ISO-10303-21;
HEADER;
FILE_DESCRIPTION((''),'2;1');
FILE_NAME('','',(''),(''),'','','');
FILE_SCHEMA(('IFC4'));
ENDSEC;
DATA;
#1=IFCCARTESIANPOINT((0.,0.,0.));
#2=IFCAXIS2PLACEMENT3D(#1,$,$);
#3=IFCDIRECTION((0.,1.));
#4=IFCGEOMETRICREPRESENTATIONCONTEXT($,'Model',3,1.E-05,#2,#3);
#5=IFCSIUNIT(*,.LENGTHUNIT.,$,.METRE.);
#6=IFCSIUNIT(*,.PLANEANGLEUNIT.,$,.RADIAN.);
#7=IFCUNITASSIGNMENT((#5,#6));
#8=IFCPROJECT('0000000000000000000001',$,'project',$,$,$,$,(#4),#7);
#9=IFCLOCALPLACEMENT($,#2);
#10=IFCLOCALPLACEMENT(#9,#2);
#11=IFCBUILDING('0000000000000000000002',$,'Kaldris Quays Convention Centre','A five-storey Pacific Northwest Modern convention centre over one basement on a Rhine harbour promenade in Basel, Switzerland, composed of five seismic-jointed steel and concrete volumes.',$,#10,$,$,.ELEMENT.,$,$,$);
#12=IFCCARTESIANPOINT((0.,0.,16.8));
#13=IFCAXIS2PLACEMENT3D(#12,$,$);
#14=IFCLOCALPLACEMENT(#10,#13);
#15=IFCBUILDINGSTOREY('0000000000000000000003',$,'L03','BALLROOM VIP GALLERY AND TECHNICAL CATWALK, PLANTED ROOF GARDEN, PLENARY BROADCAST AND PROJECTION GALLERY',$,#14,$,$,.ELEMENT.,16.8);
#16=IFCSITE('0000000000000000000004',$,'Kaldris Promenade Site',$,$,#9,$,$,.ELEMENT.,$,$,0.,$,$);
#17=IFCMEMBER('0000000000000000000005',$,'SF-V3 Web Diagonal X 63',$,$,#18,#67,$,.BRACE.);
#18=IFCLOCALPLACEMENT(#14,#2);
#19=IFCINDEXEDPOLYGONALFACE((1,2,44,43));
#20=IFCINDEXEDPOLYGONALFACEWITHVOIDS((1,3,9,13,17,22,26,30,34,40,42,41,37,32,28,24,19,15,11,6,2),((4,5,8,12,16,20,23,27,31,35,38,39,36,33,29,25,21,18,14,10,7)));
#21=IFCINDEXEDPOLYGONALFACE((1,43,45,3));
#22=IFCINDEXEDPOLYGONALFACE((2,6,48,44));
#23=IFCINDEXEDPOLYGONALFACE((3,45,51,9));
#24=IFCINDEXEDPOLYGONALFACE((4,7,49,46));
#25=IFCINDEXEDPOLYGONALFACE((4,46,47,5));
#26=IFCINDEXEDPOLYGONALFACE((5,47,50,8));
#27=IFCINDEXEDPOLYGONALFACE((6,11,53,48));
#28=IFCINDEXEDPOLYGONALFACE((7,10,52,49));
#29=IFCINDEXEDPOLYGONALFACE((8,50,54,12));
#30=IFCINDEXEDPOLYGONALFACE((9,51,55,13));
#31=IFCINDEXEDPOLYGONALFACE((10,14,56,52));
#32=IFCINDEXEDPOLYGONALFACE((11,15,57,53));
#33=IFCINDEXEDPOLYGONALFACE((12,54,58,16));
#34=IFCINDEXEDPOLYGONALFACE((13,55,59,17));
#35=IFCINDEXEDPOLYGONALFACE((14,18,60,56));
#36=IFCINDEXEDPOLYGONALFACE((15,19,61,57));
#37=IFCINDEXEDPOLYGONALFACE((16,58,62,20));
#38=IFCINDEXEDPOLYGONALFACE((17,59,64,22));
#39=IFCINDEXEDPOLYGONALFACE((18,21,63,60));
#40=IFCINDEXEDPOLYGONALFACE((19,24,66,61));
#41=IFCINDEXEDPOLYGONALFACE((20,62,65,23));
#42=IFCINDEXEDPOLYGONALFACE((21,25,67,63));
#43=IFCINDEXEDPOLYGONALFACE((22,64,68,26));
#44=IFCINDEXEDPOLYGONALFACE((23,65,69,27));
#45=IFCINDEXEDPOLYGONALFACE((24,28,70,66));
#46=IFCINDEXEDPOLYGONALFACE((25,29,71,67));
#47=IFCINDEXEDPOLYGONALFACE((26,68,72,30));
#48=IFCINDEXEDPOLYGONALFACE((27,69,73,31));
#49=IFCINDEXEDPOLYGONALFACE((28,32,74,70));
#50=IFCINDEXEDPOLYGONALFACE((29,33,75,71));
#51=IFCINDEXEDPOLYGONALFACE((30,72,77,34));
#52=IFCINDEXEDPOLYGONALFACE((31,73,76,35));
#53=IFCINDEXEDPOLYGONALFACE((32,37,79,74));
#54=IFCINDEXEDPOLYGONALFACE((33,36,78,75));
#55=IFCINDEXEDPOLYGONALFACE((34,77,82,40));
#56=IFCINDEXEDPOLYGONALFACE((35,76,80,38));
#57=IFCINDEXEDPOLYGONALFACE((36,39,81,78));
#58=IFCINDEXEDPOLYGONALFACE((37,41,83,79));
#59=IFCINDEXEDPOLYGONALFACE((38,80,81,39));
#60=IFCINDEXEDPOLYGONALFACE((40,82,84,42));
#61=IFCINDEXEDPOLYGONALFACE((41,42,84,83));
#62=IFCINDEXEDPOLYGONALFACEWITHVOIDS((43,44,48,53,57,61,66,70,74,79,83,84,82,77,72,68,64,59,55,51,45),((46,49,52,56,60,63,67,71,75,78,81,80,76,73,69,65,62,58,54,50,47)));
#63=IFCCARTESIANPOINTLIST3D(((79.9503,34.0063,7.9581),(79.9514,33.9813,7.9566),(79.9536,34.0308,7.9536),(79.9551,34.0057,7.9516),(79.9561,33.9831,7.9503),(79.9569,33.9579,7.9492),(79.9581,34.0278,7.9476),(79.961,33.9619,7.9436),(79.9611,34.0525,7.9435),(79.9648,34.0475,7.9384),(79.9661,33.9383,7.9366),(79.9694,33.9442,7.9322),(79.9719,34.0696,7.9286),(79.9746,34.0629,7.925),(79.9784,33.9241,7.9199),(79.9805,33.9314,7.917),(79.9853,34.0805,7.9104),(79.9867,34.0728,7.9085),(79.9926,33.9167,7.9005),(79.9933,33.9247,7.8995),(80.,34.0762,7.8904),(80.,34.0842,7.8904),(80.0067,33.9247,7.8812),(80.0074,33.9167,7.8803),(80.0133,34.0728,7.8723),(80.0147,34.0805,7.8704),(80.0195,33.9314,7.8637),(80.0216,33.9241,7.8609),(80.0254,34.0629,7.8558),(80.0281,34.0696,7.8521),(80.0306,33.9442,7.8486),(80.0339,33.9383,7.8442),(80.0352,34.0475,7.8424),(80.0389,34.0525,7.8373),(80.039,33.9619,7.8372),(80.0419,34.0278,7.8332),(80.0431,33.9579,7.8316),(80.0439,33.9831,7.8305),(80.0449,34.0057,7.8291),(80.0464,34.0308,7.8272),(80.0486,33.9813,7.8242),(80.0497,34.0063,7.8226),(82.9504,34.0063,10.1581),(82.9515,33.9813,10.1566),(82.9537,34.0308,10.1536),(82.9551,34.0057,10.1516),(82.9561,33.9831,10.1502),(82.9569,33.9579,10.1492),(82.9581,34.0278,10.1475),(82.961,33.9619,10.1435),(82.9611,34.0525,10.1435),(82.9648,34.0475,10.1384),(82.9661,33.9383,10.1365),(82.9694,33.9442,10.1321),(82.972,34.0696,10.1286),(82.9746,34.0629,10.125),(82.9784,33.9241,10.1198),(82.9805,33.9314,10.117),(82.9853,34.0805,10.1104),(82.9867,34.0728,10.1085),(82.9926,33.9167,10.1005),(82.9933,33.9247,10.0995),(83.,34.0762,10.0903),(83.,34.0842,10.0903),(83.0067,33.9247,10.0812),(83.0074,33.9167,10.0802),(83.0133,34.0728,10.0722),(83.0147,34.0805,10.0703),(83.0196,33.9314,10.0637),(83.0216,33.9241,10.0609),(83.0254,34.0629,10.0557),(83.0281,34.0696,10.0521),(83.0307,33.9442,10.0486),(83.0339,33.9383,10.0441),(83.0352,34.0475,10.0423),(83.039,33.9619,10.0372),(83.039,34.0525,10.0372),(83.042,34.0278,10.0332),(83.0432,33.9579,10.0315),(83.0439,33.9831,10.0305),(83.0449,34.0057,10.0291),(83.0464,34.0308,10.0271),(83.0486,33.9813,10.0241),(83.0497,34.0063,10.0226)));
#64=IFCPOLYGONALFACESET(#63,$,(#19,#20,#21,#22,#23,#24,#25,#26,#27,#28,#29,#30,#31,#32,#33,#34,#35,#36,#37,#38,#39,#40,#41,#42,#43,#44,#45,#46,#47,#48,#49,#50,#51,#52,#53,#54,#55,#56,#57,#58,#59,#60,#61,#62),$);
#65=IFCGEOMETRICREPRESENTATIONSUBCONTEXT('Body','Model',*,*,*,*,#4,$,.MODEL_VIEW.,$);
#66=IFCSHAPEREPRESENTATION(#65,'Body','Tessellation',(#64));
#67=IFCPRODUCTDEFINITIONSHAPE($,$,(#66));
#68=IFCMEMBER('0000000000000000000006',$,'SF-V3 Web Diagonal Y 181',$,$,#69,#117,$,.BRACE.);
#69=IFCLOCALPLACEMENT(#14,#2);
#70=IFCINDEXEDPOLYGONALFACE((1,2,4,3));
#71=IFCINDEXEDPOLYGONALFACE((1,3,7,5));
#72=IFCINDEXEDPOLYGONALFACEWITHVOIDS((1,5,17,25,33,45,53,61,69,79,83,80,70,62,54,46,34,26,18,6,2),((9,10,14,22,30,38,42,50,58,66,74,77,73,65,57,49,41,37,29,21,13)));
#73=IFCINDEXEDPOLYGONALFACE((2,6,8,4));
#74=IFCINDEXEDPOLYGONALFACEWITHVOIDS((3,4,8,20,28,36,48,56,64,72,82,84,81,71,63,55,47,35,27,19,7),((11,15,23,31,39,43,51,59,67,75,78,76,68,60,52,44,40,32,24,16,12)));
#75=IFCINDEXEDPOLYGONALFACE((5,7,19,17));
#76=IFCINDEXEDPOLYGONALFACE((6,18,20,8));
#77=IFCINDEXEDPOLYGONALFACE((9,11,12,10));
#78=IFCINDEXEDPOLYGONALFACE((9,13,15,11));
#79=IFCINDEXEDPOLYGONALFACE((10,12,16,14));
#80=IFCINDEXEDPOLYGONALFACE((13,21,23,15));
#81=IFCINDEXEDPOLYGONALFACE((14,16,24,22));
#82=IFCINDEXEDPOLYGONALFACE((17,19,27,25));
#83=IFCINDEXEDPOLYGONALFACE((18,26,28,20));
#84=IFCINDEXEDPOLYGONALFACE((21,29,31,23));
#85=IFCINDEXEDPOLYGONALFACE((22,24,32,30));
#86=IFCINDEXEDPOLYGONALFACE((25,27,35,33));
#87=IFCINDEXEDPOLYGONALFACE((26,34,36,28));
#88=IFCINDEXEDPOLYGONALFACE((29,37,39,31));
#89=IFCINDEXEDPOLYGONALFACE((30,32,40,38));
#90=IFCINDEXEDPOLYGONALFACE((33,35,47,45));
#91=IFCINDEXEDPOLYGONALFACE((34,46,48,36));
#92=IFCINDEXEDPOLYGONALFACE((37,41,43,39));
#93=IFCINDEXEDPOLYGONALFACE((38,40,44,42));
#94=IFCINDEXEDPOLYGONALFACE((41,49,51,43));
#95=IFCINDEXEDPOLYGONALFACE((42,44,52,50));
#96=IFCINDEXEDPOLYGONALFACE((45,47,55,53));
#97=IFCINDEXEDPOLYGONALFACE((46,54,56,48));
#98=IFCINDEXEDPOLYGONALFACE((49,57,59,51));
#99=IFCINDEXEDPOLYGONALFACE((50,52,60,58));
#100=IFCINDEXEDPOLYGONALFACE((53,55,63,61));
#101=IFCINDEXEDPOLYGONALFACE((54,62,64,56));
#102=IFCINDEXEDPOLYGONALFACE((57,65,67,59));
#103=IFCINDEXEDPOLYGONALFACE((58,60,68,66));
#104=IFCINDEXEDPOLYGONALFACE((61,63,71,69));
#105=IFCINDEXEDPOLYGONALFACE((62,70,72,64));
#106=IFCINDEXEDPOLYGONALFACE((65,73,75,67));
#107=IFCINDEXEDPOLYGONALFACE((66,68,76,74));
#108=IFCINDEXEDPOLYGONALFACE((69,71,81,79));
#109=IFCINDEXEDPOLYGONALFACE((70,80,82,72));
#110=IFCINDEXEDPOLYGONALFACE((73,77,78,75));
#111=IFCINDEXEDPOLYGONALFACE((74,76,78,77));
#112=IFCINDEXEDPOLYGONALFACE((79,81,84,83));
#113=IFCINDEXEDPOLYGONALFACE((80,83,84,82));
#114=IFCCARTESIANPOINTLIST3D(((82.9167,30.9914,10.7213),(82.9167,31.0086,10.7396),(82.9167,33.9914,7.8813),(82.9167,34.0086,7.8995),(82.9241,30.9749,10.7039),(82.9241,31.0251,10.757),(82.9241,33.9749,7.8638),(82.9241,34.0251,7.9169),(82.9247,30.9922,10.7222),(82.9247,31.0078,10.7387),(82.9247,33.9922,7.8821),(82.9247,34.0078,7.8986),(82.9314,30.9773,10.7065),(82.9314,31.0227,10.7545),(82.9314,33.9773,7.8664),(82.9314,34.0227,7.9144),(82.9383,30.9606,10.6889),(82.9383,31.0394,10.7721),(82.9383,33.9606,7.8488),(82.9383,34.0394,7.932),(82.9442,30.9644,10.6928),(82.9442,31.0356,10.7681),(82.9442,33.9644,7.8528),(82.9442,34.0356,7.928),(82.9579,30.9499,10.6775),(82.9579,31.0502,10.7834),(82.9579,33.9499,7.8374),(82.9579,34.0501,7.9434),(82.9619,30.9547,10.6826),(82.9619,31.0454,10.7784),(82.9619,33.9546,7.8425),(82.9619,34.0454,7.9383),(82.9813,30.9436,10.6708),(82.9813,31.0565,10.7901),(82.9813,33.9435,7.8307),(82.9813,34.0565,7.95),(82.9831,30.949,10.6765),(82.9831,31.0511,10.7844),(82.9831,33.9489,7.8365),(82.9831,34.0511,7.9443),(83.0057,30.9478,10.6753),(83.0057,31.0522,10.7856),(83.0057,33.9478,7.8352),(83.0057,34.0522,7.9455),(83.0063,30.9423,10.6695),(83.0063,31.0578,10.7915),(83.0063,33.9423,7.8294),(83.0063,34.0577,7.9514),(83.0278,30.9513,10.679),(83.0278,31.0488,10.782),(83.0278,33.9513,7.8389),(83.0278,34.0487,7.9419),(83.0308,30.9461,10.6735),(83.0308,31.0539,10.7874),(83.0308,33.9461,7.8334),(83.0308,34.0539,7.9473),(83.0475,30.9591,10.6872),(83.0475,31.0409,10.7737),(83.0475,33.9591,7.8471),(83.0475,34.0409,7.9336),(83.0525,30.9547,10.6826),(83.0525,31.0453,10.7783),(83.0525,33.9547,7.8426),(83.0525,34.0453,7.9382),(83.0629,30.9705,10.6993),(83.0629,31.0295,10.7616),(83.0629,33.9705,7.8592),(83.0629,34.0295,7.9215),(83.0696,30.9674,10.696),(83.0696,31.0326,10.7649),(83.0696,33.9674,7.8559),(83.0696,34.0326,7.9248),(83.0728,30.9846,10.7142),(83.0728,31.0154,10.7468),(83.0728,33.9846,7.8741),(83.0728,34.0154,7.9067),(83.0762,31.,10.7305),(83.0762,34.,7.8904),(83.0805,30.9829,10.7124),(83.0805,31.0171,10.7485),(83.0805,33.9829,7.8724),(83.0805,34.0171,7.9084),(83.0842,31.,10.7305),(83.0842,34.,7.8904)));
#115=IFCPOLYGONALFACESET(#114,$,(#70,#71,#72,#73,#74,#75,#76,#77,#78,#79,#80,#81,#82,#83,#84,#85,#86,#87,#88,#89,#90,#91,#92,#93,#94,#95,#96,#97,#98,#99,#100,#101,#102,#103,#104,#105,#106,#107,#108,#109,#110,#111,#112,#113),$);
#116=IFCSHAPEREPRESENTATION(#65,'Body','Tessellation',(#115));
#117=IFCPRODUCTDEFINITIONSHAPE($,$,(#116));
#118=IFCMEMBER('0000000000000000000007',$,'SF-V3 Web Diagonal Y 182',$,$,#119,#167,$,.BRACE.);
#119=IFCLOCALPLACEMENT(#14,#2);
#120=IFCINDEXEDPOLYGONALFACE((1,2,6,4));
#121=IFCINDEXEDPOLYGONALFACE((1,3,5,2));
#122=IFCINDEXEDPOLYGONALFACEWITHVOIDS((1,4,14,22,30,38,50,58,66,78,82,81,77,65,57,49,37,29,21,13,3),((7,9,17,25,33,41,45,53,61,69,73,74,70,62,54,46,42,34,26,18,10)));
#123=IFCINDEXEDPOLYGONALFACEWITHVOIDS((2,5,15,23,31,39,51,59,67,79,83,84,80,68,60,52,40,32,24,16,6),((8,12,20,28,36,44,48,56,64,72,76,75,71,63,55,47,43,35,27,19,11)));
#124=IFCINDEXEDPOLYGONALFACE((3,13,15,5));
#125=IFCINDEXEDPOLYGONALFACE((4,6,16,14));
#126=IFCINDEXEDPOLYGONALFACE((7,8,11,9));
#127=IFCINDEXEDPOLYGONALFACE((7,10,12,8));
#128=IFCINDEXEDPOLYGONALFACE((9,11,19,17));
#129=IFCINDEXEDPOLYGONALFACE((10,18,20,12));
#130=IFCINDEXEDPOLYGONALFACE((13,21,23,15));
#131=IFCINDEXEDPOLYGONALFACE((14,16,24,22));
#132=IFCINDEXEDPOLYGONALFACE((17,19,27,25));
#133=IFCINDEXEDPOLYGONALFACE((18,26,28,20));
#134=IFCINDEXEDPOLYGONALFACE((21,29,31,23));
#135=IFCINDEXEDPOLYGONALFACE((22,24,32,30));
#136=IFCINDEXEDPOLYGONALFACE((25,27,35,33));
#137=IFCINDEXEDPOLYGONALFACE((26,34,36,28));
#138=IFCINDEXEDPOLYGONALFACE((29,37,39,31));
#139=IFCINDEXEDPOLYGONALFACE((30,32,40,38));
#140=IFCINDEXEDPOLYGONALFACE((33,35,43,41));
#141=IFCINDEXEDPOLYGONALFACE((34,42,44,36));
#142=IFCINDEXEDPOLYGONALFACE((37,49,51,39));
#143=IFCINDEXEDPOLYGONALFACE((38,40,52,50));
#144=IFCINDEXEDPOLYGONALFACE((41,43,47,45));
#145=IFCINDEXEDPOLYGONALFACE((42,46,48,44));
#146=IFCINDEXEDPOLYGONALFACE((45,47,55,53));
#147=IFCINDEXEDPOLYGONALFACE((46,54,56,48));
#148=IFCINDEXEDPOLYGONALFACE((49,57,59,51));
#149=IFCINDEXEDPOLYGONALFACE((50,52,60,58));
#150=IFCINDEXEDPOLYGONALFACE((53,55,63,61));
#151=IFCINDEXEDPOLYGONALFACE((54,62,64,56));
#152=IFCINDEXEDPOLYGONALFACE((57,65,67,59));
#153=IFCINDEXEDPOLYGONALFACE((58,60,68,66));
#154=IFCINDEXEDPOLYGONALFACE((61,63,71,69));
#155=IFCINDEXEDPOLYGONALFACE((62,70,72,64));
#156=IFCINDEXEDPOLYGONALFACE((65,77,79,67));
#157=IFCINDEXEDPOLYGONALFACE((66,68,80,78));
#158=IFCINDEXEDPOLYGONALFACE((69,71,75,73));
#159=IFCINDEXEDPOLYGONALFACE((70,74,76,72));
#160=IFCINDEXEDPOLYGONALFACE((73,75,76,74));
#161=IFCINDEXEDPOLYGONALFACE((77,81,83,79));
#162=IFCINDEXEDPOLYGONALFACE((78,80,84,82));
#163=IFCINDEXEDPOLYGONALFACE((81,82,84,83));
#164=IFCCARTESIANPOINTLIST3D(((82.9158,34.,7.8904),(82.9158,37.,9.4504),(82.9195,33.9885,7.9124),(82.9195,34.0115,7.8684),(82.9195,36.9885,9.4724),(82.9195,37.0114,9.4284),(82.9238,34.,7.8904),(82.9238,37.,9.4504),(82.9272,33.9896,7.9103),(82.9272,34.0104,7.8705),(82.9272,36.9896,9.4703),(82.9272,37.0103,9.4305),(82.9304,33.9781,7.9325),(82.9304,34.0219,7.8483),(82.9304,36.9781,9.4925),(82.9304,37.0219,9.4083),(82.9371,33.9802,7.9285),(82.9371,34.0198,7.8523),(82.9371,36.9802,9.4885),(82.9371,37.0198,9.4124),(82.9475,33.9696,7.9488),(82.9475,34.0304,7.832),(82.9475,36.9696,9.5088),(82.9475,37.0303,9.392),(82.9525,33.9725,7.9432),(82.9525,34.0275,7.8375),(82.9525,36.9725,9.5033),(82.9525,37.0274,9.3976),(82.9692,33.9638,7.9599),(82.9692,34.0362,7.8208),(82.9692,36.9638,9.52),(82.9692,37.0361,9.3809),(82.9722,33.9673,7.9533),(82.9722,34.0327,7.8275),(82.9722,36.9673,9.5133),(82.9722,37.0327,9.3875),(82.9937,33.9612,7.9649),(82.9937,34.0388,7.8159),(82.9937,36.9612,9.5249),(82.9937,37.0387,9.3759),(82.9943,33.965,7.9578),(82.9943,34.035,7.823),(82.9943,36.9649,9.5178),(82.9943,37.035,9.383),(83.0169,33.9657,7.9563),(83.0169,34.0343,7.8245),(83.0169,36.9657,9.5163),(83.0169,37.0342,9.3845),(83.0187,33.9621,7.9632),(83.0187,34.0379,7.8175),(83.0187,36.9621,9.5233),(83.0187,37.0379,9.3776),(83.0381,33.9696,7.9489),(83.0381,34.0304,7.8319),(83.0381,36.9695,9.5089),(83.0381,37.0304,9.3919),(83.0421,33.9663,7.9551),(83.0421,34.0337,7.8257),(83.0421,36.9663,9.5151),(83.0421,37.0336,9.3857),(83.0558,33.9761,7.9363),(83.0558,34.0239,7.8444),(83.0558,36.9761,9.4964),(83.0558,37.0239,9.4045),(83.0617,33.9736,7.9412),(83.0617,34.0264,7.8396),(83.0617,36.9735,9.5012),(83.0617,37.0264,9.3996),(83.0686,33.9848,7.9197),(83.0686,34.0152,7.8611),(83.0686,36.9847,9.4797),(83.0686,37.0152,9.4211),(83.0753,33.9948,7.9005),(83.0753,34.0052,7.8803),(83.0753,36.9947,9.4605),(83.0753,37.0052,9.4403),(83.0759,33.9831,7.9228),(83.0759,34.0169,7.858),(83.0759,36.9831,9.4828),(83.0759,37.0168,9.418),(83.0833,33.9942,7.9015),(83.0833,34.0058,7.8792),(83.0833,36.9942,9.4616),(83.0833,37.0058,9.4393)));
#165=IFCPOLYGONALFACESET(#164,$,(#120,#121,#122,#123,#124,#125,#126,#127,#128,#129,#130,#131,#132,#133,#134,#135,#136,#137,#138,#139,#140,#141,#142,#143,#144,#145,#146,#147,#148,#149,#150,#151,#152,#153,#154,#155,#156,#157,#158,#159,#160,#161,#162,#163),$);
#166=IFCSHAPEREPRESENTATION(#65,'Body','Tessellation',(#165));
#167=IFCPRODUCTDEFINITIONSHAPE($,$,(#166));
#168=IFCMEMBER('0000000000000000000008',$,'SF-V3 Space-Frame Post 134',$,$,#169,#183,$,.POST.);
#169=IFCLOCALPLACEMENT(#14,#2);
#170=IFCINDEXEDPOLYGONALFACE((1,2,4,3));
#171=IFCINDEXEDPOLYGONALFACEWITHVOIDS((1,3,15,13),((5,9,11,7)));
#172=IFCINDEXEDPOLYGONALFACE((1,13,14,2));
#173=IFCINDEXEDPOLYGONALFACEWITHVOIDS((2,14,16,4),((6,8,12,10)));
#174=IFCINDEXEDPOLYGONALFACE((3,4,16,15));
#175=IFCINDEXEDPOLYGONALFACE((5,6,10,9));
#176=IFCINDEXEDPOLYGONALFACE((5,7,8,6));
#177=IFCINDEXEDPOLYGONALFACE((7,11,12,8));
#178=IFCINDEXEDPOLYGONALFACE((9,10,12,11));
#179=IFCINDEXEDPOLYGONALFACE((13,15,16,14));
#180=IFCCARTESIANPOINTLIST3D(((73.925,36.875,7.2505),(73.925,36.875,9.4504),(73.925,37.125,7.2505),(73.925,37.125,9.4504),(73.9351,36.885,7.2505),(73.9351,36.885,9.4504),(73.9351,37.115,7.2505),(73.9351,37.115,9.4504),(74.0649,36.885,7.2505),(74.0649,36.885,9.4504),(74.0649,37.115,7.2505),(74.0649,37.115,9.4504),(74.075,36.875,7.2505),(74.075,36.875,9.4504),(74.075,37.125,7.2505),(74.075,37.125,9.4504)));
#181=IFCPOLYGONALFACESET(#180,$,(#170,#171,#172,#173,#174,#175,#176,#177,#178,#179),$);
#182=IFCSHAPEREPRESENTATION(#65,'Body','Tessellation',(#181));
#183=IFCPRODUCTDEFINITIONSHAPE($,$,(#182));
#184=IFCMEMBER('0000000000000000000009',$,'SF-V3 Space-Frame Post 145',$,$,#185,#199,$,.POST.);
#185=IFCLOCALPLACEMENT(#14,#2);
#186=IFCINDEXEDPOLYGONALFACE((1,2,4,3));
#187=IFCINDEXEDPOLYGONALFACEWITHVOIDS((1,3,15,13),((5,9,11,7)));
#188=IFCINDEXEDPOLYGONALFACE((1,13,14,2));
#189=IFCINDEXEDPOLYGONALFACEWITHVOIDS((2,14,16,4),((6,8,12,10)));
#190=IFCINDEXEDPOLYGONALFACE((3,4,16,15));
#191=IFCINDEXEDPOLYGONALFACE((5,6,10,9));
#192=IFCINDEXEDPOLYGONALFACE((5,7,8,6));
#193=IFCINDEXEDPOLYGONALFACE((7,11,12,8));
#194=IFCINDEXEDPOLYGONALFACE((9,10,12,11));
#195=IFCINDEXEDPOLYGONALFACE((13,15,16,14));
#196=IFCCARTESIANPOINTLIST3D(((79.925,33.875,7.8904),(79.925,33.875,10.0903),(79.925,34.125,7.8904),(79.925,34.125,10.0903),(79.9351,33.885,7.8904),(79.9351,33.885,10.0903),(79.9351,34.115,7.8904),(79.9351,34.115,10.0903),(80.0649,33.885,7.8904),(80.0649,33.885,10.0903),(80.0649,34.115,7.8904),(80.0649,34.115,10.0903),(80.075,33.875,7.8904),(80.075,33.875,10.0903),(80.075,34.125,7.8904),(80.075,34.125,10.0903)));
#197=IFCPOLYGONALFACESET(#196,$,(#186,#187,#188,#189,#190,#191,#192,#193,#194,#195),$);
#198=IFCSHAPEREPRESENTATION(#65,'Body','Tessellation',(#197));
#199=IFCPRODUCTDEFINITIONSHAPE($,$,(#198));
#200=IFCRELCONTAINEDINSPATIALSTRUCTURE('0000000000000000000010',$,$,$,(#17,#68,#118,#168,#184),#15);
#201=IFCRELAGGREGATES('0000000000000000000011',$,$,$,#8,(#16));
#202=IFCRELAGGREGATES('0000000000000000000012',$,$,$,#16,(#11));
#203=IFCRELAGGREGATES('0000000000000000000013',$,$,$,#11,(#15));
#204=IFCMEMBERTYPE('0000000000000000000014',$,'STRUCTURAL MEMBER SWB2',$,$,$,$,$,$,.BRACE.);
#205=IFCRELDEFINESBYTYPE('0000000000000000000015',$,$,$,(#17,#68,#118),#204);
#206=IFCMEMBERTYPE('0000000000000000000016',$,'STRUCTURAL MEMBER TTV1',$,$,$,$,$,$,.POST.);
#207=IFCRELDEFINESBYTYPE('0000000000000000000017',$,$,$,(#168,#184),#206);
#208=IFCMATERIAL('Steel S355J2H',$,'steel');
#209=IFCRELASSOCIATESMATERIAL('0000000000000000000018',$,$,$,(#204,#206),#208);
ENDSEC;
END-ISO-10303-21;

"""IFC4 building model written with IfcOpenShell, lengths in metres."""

from ifc_helpers import new_model, si_unit, direction, frame, origin, origin_2d, place, context, subcontext, project, spatial, hollow_rectangle, hollow_circle, extrude, material, material_profile, profile_set, type_object, element, save


model = new_model("IFC4")

# Units and contexts
model_context = context("Model", 3, precision=1e-05, world=origin(), true_north=direction((0.0, 1.0)))
body_context = subcontext(model_context, "Body", "Model", "MODEL_VIEW")
ifc_project = project(units=[si_unit("LENGTHUNIT", "METRE"), si_unit("PLANEANGLEUNIT", "RADIAN")], contexts=[model_context])

# Site, building, storey
site_placement = place(None, origin())
site = spatial("IfcSite", under=ifc_project, at=site_placement, Name="Kaldris Promenade Site", CompositionType="ELEMENT", RefElevation=0.0)
building_placement = place(site_placement, origin())
building = spatial("IfcBuilding", under=site, at=building_placement, Name="Kaldris Quays Convention Centre", Description="A five-storey Pacific Northwest Modern convention centre over one basement on a Rhine harbour promenade in Basel, Switzerland, composed of five seismic-jointed steel and concrete volumes.", CompositionType="ELEMENT")
storey_placement = place(building_placement, frame((0.0, 0.0, 16.8)))
storey = spatial("IfcBuildingStorey", under=building, at=storey_placement, Name="L03", Description="BALLROOM VIP GALLERY AND TECHNICAL CATWALK, PLANTED ROOF GARDEN, PLENARY BROADCAST AND PROJECTION GALLERY", CompositionType="ELEMENT", Elevation=16.8)

# Members
ifc_material_1 = material(Name="Steel S355J2H", Category="steel")
ifc_material_profile_1 = material_profile(ifc_material_1, hollow_circle(Radius=0.0842, WallThickness=0.0081, at=origin_2d()), Name="CHS 168.3x8")
ifc_profile_set_1 = profile_set([ifc_material_profile_1], Name="Steel S355J2H")
member_type_1 = type_object("IfcMemberType", Name="STRUCTURAL MEMBER SWB2", PredefinedType="BRACE", material=ifc_profile_set_1)
for number, where, z_axis, x_axis, name in (
    (1, (80.0, 34.0, 7.8904), (0.806411, 0.0, 0.591355), (0.0, 1.0, 0.0), "SF-V3 Web Diagonal X 63"),
):
    element("IfcMember", number, at=place(storey_placement, frame(where, z_axis=z_axis, x_axis=x_axis)), inside=storey, type_object=member_type_1, Name=name, PredefinedType="BRACE", context=body_context, shape_type="SweptSolid", body=[
        extrude(hollow_circle(Radius=0.0842, WallThickness=0.0081, at=origin_2d()), origin(), (0.0, 0.0, 1.0), 3.7202),
    ])
member_1_placement = place(storey_placement, frame((83.0, 34.0, 7.8904), z_axis=(0.0, -0.726196, 0.687487), x_axis=(1.0, 0.0, 0.0)))
element("IfcMember", 2, at=member_1_placement, inside=storey, type_object=member_type_1, Name="SF-V3 Web Diagonal Y 181", PredefinedType="BRACE", context=body_context, shape_type="SweptSolid", body=[
    extrude(hollow_circle(Radius=0.0842, WallThickness=0.0081, at=origin_2d()), origin(), (0.0, 0.0, 1.0), 4.1311),
])
member_2_placement = place(storey_placement, frame((83.0, 34.0, 7.8904), z_axis=(0.0, 0.88721, 0.461366), x_axis=(-1.0, 0.0, 0.0)))
element("IfcMember", 3, at=member_2_placement, inside=storey, type_object=member_type_1, Name="SF-V3 Web Diagonal Y 182", PredefinedType="BRACE", context=body_context, shape_type="SweptSolid", body=[
    extrude(hollow_circle(Radius=0.0842, WallThickness=0.0081, at=origin_2d()), origin(), (0.0, 0.0, 1.0), 3.3813),
])
ifc_material_profile_2 = material_profile(ifc_material_1, hollow_rectangle(XDim=0.1499, YDim=0.25, WallThickness=0.01, at=origin_2d()), Name="RHS 250x150x10")
ifc_profile_set_2 = profile_set([ifc_material_profile_2], Name="Steel S355J2H")
member_type_2 = type_object("IfcMemberType", Name="STRUCTURAL MEMBER TTV1", PredefinedType="POST", material=ifc_profile_set_2)
for number, where, z_axis, x_axis, name in (
    (4, (74.0, 37.0, 7.2505), (0.0, 0.0, 1.0), (1.0, 0.0, 0.0), "SF-V3 Space-Frame Post 134"),
    (5, (80.0, 34.0, 7.8904), (0.0, 0.0, 1.0), (1.0, 0.0, 0.0), "SF-V3 Space-Frame Post 145"),
):
    element("IfcMember", number, at=place(storey_placement, frame(where, z_axis=z_axis, x_axis=x_axis)), inside=storey, type_object=member_type_2, Name=name, PredefinedType="POST", context=body_context, shape_type="SweptSolid", body=[
        extrude(hollow_rectangle(XDim=0.1499, YDim=0.25, WallThickness=0.01, at=origin_2d()), origin(), (0.0, 0.0, 1.0), 2.2),
    ])

save(model, "model.ifc")
